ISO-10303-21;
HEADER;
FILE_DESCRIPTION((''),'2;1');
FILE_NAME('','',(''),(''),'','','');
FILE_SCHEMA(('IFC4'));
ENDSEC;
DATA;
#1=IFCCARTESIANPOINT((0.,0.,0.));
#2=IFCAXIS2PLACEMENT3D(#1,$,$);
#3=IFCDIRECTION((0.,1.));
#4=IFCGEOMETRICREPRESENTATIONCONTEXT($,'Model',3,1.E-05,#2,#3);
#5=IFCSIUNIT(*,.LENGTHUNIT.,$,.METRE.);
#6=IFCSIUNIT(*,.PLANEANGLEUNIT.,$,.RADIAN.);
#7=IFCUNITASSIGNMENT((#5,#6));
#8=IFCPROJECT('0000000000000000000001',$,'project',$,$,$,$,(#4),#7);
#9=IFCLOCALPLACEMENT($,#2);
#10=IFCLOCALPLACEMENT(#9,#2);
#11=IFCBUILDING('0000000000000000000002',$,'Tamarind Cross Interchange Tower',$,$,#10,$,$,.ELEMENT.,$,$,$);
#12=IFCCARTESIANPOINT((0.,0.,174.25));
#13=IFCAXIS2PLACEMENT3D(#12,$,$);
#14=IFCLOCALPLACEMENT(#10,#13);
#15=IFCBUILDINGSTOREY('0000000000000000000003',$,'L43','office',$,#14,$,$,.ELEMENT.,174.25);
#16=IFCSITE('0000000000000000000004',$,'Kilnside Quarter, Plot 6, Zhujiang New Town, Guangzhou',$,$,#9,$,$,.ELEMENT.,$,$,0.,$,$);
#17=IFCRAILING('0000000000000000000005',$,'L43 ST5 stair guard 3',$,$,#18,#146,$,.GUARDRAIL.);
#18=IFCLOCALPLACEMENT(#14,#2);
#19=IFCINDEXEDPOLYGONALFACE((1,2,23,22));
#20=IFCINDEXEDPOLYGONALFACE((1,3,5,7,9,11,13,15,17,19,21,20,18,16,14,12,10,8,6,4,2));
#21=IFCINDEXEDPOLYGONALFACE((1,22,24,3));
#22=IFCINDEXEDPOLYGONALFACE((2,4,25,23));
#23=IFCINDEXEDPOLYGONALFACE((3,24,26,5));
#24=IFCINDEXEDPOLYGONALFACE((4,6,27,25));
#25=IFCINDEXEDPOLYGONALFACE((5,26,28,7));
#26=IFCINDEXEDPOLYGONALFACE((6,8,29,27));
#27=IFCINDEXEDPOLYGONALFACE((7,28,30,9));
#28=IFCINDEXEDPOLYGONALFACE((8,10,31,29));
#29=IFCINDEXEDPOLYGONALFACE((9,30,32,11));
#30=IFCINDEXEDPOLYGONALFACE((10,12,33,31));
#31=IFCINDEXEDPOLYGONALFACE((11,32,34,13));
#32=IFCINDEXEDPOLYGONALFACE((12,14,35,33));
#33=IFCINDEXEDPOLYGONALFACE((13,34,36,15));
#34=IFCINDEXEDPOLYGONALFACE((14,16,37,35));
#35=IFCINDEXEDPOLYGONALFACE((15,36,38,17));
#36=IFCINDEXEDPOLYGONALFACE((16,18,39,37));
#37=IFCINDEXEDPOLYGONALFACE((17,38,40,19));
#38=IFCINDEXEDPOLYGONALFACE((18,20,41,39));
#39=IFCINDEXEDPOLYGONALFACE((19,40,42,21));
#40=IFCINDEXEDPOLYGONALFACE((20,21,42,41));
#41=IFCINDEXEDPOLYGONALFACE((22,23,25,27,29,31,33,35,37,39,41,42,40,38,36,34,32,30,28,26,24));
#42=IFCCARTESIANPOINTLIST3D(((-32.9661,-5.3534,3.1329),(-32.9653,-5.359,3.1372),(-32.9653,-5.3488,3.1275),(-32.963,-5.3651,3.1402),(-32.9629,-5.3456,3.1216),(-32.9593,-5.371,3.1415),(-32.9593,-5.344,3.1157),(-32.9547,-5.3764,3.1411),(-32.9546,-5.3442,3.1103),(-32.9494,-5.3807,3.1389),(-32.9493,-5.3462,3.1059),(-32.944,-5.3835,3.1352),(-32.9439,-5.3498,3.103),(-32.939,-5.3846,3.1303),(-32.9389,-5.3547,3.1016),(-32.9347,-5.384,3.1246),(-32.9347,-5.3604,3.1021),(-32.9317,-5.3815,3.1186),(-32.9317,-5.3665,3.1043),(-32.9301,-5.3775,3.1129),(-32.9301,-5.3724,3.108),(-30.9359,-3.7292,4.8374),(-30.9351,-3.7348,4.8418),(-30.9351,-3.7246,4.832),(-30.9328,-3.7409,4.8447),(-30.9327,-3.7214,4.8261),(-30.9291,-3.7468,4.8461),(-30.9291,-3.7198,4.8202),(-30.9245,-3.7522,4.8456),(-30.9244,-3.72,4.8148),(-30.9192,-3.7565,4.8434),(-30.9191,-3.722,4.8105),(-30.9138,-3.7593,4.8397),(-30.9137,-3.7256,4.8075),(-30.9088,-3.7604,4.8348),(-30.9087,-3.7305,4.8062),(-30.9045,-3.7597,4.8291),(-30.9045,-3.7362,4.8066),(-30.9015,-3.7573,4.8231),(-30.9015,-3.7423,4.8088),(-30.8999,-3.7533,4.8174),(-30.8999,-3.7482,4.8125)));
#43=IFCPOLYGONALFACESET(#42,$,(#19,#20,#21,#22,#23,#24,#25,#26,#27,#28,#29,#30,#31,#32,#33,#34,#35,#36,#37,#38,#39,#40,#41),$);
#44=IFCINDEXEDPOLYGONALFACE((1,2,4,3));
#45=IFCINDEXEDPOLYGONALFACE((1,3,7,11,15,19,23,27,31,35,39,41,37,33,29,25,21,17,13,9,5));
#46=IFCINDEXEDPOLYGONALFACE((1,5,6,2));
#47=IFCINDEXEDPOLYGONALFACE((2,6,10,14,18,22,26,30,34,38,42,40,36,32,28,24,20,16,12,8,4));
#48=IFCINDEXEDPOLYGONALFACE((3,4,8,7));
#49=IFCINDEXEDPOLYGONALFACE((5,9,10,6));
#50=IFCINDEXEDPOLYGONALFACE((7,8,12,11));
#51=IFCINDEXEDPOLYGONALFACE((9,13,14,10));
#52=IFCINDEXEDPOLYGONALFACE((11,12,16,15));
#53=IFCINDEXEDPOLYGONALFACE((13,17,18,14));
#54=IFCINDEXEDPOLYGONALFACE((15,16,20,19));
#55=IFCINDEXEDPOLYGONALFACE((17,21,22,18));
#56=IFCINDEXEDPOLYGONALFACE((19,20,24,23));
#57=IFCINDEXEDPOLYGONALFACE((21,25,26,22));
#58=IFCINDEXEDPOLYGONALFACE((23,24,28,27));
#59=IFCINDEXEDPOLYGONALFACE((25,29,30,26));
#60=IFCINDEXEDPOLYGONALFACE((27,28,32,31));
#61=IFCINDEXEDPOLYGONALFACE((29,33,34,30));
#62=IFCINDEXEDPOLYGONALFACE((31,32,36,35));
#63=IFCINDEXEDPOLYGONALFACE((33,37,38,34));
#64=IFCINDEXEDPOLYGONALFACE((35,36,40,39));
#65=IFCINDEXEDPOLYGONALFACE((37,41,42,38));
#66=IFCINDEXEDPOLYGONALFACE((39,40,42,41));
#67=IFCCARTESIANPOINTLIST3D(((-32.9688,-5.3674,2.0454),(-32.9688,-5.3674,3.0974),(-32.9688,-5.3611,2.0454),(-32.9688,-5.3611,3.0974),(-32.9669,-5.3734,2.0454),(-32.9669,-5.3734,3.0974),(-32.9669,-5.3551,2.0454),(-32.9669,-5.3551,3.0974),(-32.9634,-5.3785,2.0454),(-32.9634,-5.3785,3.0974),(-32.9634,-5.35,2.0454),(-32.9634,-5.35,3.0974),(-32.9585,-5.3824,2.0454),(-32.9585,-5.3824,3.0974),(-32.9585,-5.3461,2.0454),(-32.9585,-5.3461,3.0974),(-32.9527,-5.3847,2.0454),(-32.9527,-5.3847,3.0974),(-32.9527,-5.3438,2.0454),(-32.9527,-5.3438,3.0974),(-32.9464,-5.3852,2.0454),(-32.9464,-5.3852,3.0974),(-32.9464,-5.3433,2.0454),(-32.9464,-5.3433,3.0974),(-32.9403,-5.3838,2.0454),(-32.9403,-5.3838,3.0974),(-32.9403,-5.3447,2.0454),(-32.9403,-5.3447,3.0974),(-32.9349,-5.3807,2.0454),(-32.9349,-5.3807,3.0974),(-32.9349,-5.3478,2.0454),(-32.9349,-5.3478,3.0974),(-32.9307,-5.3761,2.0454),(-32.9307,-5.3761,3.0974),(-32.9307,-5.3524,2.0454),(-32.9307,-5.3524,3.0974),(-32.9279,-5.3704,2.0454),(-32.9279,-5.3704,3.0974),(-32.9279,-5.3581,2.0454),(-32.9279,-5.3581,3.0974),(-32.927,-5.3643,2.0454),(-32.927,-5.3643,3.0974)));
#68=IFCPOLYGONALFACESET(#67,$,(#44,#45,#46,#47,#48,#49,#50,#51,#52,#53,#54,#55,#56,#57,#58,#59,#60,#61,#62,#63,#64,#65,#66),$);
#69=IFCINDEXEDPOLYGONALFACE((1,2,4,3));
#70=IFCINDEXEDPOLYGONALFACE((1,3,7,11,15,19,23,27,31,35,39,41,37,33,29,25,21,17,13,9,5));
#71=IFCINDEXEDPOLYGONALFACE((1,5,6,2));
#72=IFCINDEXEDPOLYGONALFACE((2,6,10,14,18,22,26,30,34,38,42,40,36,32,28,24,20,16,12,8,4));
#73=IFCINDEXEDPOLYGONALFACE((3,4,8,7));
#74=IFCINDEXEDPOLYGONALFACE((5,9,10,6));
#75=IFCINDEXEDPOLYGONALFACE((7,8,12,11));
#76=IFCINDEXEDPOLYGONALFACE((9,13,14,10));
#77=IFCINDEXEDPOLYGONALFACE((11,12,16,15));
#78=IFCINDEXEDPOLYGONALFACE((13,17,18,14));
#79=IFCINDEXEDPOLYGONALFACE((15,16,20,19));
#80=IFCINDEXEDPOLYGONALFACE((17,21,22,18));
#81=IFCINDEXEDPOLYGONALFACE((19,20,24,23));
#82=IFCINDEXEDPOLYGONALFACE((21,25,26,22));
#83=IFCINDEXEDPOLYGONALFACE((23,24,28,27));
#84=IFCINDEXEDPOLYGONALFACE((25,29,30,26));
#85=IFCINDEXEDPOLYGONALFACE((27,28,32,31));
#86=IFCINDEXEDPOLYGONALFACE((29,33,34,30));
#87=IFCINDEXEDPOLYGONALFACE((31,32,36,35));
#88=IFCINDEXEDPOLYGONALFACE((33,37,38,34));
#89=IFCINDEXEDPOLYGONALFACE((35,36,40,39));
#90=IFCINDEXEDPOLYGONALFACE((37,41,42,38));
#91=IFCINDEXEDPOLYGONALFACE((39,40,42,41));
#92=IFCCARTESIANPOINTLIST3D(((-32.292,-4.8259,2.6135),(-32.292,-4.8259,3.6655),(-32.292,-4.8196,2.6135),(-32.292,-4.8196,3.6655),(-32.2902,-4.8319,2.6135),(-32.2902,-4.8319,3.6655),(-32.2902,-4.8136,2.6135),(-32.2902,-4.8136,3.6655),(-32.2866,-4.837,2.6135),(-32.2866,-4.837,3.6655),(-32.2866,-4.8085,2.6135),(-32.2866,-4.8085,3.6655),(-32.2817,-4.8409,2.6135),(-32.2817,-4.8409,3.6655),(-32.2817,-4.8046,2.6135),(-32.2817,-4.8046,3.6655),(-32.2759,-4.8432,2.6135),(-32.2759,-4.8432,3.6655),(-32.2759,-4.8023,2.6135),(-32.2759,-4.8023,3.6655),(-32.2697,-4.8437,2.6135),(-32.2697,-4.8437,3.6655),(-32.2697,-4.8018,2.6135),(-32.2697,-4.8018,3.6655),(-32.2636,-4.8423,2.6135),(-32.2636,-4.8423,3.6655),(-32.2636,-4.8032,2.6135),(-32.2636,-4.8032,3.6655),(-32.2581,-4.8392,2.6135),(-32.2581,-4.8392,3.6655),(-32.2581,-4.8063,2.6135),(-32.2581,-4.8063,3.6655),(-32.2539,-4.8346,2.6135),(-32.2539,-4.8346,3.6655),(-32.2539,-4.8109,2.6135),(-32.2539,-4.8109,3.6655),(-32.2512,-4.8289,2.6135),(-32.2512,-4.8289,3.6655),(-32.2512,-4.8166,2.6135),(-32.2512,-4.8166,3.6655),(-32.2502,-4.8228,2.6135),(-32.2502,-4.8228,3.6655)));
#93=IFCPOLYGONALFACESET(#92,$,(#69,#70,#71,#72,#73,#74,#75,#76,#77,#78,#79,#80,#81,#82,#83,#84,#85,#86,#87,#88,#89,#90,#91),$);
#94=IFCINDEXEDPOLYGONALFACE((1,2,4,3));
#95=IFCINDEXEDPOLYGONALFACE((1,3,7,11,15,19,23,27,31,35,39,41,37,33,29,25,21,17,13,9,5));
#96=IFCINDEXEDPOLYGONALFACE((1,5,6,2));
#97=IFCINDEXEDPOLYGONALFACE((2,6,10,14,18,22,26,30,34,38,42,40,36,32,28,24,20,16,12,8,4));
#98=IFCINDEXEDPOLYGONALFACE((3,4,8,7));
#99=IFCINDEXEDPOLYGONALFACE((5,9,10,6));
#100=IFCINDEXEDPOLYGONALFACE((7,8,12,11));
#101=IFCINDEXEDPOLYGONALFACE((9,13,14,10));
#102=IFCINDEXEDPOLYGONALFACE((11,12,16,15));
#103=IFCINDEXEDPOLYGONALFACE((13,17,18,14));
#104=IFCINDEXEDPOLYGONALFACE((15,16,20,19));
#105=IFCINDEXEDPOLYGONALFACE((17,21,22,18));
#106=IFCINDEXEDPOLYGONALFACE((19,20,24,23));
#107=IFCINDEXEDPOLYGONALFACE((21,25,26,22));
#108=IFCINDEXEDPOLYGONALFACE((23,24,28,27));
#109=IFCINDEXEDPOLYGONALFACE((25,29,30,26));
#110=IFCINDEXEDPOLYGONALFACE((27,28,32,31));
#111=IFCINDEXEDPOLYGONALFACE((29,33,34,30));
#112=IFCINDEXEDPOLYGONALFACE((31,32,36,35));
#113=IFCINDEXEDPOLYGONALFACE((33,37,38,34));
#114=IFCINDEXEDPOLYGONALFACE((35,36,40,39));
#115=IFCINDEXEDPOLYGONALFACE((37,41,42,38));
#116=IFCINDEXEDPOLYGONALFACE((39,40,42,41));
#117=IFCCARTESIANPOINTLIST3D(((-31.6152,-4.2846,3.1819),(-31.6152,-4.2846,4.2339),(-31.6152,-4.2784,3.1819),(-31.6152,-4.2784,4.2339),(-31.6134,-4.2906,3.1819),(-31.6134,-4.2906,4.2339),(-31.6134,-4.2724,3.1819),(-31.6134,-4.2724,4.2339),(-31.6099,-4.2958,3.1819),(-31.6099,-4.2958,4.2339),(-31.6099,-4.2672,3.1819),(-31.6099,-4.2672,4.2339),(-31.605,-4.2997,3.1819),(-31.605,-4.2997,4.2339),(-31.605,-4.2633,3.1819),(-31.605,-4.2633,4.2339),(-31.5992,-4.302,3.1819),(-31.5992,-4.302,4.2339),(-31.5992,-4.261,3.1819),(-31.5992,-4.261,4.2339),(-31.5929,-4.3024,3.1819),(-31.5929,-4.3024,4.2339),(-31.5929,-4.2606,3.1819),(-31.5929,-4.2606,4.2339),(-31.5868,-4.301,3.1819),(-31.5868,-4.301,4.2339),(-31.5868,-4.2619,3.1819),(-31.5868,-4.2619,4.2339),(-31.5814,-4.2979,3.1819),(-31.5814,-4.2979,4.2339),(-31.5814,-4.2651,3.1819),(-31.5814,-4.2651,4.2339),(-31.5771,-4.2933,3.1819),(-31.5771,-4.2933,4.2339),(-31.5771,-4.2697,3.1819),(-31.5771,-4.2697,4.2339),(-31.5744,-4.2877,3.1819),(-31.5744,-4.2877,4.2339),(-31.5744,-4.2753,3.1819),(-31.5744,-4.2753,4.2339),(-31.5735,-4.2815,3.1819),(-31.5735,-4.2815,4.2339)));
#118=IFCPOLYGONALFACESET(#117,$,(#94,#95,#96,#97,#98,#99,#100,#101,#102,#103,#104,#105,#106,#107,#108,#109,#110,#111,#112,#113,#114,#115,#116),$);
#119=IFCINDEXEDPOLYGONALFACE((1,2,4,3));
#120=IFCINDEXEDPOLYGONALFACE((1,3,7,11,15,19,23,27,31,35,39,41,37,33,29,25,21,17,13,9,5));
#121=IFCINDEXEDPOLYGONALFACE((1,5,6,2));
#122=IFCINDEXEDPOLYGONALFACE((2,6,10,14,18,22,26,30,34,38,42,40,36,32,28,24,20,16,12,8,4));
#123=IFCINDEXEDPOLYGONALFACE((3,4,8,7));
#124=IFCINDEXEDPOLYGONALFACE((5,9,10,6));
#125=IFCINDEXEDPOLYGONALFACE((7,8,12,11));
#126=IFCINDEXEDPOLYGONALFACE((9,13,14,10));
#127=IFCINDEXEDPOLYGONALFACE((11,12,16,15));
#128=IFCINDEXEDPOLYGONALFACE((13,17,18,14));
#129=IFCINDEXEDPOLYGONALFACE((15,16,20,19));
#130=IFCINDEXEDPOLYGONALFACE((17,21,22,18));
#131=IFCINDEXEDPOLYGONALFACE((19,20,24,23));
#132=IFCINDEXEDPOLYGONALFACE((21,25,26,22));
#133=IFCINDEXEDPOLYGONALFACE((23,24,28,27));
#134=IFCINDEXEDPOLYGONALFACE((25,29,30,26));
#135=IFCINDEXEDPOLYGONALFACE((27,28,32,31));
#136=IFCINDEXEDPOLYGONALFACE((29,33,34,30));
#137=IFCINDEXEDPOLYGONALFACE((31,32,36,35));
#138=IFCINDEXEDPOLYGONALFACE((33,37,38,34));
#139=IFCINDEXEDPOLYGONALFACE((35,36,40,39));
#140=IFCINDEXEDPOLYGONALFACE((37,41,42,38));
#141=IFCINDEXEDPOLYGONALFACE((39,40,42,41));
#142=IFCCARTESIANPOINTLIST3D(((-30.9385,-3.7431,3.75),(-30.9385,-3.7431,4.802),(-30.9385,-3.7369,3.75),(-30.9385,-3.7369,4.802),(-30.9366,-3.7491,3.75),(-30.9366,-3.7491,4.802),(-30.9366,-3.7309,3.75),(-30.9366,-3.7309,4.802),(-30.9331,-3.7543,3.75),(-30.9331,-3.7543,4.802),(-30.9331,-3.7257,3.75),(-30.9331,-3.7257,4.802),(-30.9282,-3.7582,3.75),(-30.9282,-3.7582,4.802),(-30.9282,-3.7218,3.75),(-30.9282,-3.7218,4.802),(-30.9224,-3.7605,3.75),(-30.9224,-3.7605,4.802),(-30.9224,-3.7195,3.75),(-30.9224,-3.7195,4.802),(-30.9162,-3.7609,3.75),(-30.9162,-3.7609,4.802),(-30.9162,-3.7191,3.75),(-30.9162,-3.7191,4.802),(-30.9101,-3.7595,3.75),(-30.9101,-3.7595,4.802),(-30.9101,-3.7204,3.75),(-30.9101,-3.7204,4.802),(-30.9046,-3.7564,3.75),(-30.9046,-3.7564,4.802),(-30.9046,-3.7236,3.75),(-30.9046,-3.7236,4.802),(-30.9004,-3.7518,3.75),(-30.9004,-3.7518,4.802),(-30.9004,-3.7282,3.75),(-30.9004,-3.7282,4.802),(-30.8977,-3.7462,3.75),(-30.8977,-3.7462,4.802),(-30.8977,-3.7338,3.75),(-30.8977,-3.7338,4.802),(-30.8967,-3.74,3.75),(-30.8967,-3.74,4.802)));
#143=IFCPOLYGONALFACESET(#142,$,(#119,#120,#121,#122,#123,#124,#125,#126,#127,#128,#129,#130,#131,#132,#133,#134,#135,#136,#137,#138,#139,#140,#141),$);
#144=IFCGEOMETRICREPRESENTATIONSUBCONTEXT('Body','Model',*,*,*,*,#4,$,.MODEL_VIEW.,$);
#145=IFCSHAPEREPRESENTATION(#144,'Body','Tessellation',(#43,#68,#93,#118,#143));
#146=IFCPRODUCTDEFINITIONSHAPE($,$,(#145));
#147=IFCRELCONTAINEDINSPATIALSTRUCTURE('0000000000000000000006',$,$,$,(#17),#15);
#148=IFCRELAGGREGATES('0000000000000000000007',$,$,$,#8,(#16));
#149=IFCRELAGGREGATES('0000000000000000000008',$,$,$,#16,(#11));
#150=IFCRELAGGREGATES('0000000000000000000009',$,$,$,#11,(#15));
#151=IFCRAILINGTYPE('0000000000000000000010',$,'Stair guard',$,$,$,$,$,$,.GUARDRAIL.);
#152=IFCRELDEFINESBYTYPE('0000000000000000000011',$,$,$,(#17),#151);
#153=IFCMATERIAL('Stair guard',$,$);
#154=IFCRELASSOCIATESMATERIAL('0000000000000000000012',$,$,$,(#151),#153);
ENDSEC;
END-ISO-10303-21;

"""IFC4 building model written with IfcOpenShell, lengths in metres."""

from ifc_helpers import new_model, si_unit, direction, frame, origin, origin_2d, place, context, subcontext, project, spatial, circle, extrude, material, type_object, element, save


model = new_model("IFC4")

# Units and contexts
model_context = context("Model", 3, precision=1e-05, world=origin(), true_north=direction((0.0, 1.0)))
body_context = subcontext(model_context, "Body", "Model", "MODEL_VIEW")
ifc_project = project(units=[si_unit("LENGTHUNIT", "METRE"), si_unit("PLANEANGLEUNIT", "RADIAN")], contexts=[model_context])

# Site, building, storey
site_placement = place(None, origin())
site = spatial("IfcSite", under=ifc_project, at=site_placement, Name="Kilnside Quarter, Plot 6, Zhujiang New Town, Guangzhou", CompositionType="ELEMENT", RefElevation=0.0)
building_placement = place(site_placement, origin())
building = spatial("IfcBuilding", under=site, at=building_placement, Name="Tamarind Cross Interchange Tower", CompositionType="ELEMENT")
storey_placement = place(building_placement, frame((0.0, 0.0, 174.25)))
storey = spatial("IfcBuildingStorey", under=building, at=storey_placement, Name="L43", Description="office", CompositionType="ELEMENT", Elevation=174.25)

# Railing
ifc_material_1 = material(Name="Stair guard")
railing_type_1 = type_object("IfcRailingType", Name="Stair guard", PredefinedType="GUARDRAIL", material=ifc_material_1)
railing_1_placement = place(storey_placement, frame((-32.948, -5.3643, 2.0454)))
element("IfcRailing", 1, at=railing_1_placement, inside=storey, type_object=railing_type_1, Name="L43 ST5 stair guard 3", PredefinedType="GUARDRAIL", context=body_context, shape_type="SweptSolid", body=[
    extrude(circle(Radius=0.0239, at=origin_2d()), frame((0.0, 0.0, 1.0762), z_axis=(0.653031, 0.52244, 0.548276), x_axis=(-0.624706, 0.78086, 0.0)), (0.0, 0.0, 1.0), 3.1089),
    extrude(circle(Radius=0.021, at=origin_2d()), origin(), (0.0, 0.0, 1.0), 1.052),
    extrude(circle(Radius=0.021, at=origin_2d()), frame((0.6768, 0.5415, 0.5681)), (0.0, 0.0, 1.0), 1.052),
    extrude(circle(Radius=0.021, at=origin_2d()), frame((1.3535, 1.0828, 1.1365)), (0.0, 0.0, 1.0), 1.052),
    extrude(circle(Radius=0.021, at=origin_2d()), frame((2.0303, 1.6243, 1.7046)), (0.0, 0.0, 1.0), 1.052),
])

save(model, "model.ifc")
